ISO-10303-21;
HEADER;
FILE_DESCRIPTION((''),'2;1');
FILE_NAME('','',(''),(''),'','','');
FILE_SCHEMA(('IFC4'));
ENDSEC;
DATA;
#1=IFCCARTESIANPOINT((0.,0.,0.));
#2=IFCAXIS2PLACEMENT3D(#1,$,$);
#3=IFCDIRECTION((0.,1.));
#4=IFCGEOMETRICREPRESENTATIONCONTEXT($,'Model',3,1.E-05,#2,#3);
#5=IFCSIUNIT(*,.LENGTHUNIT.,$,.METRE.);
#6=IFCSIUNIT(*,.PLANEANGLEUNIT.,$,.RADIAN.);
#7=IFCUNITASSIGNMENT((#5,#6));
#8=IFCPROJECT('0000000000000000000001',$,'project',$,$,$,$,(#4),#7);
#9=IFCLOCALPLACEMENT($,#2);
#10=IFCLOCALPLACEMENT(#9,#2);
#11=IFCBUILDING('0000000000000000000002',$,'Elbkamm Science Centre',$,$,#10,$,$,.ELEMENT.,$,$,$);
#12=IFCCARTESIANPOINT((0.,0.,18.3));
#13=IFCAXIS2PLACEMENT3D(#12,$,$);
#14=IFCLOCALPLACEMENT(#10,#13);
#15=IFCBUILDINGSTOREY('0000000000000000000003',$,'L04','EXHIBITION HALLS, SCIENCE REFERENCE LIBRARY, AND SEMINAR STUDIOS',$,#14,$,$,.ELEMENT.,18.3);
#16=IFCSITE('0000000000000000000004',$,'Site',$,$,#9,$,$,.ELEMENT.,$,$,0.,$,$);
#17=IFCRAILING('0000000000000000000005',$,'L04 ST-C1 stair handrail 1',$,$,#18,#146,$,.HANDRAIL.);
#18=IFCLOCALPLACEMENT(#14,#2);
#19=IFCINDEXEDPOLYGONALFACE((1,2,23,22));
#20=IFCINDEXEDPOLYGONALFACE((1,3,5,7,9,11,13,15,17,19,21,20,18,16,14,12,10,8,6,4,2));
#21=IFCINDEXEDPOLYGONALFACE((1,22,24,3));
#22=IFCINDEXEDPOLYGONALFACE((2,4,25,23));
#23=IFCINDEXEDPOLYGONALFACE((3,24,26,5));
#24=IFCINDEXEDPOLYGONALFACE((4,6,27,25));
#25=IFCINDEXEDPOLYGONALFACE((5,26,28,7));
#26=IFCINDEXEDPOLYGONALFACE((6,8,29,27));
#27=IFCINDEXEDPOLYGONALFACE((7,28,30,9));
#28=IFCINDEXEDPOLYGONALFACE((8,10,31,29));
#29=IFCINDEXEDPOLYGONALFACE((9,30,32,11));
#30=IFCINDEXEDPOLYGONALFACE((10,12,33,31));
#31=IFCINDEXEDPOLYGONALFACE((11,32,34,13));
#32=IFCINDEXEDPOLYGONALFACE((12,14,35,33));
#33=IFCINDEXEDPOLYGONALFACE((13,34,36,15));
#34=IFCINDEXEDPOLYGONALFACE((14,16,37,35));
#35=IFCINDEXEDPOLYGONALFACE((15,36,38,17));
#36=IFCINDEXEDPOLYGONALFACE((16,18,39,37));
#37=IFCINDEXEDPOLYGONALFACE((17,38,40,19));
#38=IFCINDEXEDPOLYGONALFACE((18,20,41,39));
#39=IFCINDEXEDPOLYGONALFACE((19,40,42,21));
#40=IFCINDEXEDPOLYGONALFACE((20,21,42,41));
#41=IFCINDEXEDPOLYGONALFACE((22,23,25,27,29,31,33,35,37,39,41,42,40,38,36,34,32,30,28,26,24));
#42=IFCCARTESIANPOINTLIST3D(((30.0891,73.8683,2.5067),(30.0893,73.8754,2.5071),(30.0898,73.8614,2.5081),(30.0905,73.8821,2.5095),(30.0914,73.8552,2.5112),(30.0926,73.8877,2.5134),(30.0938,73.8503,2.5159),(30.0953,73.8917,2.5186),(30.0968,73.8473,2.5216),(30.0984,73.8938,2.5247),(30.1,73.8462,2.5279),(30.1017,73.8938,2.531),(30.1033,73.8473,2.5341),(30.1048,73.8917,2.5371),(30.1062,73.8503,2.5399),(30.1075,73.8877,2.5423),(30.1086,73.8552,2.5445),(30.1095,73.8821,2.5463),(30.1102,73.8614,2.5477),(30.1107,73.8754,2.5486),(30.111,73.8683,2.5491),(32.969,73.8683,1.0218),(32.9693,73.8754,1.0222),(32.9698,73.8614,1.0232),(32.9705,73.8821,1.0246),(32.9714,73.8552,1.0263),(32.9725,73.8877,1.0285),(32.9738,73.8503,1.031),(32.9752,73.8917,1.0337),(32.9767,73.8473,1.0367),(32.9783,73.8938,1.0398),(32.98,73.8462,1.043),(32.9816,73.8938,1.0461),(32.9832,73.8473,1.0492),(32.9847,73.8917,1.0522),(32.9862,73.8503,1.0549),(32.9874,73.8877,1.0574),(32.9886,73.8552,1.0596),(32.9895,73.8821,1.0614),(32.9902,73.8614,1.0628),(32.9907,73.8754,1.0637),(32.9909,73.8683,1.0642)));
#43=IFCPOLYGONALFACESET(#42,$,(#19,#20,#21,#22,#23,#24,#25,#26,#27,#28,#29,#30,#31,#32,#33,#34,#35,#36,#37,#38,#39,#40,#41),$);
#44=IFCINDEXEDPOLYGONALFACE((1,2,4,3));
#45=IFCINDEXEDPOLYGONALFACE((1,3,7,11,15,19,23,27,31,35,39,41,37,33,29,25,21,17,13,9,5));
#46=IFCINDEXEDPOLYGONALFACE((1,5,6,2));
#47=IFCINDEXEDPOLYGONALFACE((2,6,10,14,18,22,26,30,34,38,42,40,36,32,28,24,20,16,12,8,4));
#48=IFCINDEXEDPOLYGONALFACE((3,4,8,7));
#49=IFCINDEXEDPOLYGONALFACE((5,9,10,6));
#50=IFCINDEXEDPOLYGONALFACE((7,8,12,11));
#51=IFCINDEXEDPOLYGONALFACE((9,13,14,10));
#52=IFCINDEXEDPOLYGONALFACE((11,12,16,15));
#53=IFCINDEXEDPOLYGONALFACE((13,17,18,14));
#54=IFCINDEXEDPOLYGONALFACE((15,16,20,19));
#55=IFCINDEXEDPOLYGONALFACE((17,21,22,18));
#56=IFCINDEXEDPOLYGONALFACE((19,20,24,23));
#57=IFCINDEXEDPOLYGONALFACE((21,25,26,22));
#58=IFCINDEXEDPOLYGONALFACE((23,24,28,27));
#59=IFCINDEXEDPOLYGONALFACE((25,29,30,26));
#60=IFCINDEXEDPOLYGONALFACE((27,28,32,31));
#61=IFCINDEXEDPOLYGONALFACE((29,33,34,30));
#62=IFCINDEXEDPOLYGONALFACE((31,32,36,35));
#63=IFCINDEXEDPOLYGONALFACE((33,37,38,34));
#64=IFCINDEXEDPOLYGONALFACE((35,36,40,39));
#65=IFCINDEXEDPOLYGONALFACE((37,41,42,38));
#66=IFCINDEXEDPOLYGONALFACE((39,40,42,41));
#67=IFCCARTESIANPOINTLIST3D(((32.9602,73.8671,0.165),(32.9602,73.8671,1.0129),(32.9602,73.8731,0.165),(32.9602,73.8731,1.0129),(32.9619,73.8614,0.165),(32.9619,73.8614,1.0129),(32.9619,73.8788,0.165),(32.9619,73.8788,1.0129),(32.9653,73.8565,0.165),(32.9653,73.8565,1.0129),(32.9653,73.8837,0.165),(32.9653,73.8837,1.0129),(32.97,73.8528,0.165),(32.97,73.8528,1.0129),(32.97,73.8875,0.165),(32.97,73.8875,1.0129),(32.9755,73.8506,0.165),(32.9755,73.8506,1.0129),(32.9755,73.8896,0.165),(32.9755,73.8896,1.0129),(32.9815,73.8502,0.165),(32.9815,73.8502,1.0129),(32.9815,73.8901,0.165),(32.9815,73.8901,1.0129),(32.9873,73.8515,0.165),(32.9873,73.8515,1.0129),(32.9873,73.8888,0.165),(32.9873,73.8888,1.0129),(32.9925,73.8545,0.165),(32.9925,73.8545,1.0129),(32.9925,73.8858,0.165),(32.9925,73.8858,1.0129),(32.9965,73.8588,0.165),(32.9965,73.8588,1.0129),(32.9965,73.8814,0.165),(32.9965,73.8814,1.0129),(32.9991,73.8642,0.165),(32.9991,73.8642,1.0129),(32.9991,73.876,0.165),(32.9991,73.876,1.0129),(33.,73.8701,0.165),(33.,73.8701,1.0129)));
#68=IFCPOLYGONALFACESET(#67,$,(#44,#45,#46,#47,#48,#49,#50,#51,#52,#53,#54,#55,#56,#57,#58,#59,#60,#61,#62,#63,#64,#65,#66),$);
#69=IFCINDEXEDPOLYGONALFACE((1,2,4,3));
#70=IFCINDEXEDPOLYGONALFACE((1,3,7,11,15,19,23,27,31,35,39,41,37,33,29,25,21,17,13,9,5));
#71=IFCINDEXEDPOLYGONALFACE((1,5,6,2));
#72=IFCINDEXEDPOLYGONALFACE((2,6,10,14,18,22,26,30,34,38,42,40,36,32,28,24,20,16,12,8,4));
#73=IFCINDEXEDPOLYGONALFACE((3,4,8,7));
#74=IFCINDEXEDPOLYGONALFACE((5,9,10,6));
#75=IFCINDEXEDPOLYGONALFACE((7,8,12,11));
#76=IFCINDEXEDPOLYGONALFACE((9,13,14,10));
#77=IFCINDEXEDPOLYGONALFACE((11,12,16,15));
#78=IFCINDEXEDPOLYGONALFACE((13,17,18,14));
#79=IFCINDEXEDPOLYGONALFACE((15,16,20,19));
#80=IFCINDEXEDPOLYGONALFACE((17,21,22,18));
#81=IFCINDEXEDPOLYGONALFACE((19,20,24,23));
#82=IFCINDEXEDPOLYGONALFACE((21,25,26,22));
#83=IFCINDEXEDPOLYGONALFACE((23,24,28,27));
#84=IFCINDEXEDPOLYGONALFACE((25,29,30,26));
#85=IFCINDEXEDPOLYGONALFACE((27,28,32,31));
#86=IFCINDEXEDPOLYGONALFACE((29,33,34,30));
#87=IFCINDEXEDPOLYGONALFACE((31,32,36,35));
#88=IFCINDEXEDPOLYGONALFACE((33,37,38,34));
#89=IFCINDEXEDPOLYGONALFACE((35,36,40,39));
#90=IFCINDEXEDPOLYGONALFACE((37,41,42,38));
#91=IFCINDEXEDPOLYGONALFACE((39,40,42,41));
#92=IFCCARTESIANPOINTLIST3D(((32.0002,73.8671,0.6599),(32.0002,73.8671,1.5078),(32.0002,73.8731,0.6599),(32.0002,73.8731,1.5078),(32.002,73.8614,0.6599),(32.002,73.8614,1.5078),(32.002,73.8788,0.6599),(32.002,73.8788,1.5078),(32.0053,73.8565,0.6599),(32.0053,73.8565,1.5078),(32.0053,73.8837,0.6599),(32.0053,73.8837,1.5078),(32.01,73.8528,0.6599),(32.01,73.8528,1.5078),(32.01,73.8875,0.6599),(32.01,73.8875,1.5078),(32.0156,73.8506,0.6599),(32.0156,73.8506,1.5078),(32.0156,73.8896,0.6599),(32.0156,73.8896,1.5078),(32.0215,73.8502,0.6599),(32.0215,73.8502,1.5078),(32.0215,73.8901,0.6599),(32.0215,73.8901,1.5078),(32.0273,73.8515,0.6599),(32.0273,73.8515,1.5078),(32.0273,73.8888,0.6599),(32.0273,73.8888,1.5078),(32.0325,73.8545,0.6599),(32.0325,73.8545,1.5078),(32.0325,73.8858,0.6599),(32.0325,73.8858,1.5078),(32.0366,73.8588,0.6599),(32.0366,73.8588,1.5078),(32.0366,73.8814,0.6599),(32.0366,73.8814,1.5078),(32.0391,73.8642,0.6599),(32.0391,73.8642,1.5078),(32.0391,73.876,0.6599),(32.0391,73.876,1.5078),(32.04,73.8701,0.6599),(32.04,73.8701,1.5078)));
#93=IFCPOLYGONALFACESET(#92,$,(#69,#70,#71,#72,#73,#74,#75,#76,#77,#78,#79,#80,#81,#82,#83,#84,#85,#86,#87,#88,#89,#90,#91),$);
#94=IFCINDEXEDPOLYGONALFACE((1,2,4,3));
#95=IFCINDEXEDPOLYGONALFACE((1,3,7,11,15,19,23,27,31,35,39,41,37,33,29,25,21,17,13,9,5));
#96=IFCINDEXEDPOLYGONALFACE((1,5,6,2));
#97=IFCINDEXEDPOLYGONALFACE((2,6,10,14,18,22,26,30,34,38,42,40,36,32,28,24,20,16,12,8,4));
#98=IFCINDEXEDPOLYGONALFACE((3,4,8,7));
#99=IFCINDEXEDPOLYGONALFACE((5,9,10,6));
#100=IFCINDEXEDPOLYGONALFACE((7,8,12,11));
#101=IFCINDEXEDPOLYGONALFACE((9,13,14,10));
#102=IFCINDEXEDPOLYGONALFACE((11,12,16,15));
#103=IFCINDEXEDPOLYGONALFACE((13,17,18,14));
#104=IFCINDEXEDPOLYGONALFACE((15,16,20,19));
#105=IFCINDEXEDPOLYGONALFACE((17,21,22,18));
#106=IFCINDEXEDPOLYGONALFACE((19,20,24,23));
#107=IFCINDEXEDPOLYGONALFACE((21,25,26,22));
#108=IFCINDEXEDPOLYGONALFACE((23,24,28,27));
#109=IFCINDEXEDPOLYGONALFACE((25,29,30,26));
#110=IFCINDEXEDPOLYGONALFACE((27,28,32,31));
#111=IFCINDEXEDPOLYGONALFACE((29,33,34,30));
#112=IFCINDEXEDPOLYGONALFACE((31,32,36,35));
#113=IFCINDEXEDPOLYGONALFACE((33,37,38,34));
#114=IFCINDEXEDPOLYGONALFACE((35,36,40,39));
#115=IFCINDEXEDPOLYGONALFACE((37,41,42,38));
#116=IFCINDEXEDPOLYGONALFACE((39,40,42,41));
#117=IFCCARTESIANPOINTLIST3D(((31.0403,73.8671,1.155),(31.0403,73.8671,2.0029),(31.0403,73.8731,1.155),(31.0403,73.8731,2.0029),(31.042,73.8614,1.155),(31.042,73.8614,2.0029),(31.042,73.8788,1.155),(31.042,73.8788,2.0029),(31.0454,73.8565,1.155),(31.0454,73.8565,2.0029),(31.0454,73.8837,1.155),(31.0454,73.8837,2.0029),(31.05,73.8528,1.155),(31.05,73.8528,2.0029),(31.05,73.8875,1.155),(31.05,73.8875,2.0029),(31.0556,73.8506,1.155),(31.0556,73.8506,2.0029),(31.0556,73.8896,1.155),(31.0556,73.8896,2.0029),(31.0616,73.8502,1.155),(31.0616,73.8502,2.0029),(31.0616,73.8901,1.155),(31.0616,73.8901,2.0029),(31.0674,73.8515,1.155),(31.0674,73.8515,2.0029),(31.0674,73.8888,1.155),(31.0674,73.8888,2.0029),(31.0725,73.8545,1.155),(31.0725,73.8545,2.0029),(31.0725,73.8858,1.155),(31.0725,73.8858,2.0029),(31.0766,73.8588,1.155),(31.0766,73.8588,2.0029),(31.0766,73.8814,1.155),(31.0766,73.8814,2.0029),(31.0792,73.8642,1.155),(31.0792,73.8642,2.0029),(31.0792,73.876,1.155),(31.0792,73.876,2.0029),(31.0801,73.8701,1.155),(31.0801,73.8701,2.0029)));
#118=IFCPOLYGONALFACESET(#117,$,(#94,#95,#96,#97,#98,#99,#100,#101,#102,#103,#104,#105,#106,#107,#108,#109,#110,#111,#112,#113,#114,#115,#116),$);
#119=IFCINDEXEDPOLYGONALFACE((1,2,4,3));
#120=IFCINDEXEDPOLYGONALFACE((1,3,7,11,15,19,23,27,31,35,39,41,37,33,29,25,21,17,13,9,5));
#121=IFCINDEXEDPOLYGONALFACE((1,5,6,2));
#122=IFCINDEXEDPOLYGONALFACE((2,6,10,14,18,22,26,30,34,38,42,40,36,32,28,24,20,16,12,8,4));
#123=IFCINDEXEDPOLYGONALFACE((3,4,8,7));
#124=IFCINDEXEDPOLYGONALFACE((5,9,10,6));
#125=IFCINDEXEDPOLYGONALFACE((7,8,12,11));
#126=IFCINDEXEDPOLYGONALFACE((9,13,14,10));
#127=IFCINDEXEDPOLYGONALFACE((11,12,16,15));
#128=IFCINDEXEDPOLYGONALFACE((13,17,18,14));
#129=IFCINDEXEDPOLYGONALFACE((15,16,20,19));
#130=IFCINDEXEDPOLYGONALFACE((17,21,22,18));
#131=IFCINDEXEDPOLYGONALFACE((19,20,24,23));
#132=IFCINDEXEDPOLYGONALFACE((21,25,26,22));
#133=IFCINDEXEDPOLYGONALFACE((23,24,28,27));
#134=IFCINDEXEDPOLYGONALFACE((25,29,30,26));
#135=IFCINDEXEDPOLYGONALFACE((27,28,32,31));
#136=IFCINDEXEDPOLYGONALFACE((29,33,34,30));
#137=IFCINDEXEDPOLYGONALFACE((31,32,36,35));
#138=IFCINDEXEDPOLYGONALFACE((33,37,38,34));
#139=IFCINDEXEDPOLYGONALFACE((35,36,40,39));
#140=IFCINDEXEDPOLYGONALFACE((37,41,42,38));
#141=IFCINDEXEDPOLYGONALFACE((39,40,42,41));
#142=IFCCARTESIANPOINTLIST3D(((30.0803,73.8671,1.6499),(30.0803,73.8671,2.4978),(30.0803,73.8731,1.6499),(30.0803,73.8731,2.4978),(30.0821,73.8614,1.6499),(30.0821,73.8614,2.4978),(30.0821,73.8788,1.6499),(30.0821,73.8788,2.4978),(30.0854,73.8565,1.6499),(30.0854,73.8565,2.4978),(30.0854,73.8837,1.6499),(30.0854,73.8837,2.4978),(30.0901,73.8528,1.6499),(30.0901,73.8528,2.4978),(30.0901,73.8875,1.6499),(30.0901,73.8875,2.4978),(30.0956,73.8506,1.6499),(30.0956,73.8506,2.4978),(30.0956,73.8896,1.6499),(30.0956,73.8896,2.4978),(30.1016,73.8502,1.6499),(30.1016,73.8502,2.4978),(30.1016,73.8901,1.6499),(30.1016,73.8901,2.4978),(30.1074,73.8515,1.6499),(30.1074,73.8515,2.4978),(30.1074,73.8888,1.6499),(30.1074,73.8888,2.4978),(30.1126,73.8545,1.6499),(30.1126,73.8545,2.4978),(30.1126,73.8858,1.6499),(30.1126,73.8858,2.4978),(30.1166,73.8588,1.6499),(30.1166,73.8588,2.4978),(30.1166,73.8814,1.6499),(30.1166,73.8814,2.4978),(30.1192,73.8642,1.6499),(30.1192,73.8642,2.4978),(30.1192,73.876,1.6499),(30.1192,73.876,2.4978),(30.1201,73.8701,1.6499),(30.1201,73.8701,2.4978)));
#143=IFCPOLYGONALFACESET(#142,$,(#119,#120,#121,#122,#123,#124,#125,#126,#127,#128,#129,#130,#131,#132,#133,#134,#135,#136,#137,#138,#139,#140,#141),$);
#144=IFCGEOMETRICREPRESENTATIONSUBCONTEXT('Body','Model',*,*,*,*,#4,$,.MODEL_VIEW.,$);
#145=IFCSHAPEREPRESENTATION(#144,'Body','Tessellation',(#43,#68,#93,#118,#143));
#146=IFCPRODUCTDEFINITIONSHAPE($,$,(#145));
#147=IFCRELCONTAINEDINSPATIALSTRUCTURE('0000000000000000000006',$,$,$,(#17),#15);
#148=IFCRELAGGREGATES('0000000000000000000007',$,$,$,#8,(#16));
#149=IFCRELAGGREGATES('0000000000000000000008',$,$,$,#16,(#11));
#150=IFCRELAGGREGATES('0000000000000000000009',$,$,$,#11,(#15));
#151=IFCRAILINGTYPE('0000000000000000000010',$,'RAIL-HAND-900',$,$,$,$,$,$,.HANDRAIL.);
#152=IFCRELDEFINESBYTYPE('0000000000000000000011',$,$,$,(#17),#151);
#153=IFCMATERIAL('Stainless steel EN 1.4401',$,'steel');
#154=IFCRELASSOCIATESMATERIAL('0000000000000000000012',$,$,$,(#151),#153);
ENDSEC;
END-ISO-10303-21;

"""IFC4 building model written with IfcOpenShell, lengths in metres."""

from ifc_helpers import new_model, si_unit, direction, frame, origin, origin_2d, place, context, subcontext, project, spatial, circle, extrude, material, type_object, element, save


model = new_model("IFC4")

# Units and contexts
model_context = context("Model", 3, precision=1e-05, world=origin(), true_north=direction((0.0, 1.0)))
body_context = subcontext(model_context, "Body", "Model", "MODEL_VIEW")
ifc_project = project(units=[si_unit("LENGTHUNIT", "METRE"), si_unit("PLANEANGLEUNIT", "RADIAN")], contexts=[model_context])

# Site, building, storey
site_placement = place(None, origin())
site = spatial("IfcSite", under=ifc_project, at=site_placement, Name="Site", CompositionType="ELEMENT", RefElevation=0.0)
building_placement = place(site_placement, origin())
building = spatial("IfcBuilding", under=site, at=building_placement, Name="Elbkamm Science Centre", CompositionType="ELEMENT")
storey_placement = place(building_placement, frame((0.0, 0.0, 18.3)))
storey = spatial("IfcBuildingStorey", under=building, at=storey_placement, Name="L04", Description="EXHIBITION HALLS, SCIENCE REFERENCE LIBRARY, AND SEMINAR STUDIOS", CompositionType="ELEMENT", Elevation=18.3)

# Railing
ifc_material_1 = material(Name="Stainless steel EN 1.4401", Category="steel")
railing_type_1 = type_object("IfcRailingType", Name="RAIL-HAND-900", PredefinedType="HANDRAIL", material=ifc_material_1)
railing_1_placement = place(storey_placement, frame((32.98, 73.8701, 0.165)))
element("IfcRailing", 1, at=railing_1_placement, inside=storey, type_object=railing_type_1, Name="L04 ST-C1 stair handrail 1", PredefinedType="HANDRAIL", context=body_context, shape_type="SweptSolid", body=[
    extrude(circle(Radius=0.0239, at=origin_2d()), frame((0.0, 0.0, 0.8779), z_axis=(-0.888813, 0.0, 0.458271), x_axis=(0.0, -1.0, 0.0)), (0.0, 0.0, 1.0), 3.2402),
    extrude(circle(Radius=0.02, at=origin_2d()), origin(), (0.0, 0.0, 1.0), 0.8479),
    extrude(circle(Radius=0.02, at=origin_2d()), frame((-0.96, 0.0, 0.4949)), (0.0, 0.0, 1.0), 0.8479),
    extrude(circle(Radius=0.02, at=origin_2d()), frame((-1.9199, 0.0, 0.99)), (0.0, 0.0, 1.0), 0.8479),
    extrude(circle(Radius=0.02, at=origin_2d()), frame((-2.8799, 0.0, 1.4849)), (0.0, 0.0, 1.0), 0.8479),
])

save(model, "model.ifc")
